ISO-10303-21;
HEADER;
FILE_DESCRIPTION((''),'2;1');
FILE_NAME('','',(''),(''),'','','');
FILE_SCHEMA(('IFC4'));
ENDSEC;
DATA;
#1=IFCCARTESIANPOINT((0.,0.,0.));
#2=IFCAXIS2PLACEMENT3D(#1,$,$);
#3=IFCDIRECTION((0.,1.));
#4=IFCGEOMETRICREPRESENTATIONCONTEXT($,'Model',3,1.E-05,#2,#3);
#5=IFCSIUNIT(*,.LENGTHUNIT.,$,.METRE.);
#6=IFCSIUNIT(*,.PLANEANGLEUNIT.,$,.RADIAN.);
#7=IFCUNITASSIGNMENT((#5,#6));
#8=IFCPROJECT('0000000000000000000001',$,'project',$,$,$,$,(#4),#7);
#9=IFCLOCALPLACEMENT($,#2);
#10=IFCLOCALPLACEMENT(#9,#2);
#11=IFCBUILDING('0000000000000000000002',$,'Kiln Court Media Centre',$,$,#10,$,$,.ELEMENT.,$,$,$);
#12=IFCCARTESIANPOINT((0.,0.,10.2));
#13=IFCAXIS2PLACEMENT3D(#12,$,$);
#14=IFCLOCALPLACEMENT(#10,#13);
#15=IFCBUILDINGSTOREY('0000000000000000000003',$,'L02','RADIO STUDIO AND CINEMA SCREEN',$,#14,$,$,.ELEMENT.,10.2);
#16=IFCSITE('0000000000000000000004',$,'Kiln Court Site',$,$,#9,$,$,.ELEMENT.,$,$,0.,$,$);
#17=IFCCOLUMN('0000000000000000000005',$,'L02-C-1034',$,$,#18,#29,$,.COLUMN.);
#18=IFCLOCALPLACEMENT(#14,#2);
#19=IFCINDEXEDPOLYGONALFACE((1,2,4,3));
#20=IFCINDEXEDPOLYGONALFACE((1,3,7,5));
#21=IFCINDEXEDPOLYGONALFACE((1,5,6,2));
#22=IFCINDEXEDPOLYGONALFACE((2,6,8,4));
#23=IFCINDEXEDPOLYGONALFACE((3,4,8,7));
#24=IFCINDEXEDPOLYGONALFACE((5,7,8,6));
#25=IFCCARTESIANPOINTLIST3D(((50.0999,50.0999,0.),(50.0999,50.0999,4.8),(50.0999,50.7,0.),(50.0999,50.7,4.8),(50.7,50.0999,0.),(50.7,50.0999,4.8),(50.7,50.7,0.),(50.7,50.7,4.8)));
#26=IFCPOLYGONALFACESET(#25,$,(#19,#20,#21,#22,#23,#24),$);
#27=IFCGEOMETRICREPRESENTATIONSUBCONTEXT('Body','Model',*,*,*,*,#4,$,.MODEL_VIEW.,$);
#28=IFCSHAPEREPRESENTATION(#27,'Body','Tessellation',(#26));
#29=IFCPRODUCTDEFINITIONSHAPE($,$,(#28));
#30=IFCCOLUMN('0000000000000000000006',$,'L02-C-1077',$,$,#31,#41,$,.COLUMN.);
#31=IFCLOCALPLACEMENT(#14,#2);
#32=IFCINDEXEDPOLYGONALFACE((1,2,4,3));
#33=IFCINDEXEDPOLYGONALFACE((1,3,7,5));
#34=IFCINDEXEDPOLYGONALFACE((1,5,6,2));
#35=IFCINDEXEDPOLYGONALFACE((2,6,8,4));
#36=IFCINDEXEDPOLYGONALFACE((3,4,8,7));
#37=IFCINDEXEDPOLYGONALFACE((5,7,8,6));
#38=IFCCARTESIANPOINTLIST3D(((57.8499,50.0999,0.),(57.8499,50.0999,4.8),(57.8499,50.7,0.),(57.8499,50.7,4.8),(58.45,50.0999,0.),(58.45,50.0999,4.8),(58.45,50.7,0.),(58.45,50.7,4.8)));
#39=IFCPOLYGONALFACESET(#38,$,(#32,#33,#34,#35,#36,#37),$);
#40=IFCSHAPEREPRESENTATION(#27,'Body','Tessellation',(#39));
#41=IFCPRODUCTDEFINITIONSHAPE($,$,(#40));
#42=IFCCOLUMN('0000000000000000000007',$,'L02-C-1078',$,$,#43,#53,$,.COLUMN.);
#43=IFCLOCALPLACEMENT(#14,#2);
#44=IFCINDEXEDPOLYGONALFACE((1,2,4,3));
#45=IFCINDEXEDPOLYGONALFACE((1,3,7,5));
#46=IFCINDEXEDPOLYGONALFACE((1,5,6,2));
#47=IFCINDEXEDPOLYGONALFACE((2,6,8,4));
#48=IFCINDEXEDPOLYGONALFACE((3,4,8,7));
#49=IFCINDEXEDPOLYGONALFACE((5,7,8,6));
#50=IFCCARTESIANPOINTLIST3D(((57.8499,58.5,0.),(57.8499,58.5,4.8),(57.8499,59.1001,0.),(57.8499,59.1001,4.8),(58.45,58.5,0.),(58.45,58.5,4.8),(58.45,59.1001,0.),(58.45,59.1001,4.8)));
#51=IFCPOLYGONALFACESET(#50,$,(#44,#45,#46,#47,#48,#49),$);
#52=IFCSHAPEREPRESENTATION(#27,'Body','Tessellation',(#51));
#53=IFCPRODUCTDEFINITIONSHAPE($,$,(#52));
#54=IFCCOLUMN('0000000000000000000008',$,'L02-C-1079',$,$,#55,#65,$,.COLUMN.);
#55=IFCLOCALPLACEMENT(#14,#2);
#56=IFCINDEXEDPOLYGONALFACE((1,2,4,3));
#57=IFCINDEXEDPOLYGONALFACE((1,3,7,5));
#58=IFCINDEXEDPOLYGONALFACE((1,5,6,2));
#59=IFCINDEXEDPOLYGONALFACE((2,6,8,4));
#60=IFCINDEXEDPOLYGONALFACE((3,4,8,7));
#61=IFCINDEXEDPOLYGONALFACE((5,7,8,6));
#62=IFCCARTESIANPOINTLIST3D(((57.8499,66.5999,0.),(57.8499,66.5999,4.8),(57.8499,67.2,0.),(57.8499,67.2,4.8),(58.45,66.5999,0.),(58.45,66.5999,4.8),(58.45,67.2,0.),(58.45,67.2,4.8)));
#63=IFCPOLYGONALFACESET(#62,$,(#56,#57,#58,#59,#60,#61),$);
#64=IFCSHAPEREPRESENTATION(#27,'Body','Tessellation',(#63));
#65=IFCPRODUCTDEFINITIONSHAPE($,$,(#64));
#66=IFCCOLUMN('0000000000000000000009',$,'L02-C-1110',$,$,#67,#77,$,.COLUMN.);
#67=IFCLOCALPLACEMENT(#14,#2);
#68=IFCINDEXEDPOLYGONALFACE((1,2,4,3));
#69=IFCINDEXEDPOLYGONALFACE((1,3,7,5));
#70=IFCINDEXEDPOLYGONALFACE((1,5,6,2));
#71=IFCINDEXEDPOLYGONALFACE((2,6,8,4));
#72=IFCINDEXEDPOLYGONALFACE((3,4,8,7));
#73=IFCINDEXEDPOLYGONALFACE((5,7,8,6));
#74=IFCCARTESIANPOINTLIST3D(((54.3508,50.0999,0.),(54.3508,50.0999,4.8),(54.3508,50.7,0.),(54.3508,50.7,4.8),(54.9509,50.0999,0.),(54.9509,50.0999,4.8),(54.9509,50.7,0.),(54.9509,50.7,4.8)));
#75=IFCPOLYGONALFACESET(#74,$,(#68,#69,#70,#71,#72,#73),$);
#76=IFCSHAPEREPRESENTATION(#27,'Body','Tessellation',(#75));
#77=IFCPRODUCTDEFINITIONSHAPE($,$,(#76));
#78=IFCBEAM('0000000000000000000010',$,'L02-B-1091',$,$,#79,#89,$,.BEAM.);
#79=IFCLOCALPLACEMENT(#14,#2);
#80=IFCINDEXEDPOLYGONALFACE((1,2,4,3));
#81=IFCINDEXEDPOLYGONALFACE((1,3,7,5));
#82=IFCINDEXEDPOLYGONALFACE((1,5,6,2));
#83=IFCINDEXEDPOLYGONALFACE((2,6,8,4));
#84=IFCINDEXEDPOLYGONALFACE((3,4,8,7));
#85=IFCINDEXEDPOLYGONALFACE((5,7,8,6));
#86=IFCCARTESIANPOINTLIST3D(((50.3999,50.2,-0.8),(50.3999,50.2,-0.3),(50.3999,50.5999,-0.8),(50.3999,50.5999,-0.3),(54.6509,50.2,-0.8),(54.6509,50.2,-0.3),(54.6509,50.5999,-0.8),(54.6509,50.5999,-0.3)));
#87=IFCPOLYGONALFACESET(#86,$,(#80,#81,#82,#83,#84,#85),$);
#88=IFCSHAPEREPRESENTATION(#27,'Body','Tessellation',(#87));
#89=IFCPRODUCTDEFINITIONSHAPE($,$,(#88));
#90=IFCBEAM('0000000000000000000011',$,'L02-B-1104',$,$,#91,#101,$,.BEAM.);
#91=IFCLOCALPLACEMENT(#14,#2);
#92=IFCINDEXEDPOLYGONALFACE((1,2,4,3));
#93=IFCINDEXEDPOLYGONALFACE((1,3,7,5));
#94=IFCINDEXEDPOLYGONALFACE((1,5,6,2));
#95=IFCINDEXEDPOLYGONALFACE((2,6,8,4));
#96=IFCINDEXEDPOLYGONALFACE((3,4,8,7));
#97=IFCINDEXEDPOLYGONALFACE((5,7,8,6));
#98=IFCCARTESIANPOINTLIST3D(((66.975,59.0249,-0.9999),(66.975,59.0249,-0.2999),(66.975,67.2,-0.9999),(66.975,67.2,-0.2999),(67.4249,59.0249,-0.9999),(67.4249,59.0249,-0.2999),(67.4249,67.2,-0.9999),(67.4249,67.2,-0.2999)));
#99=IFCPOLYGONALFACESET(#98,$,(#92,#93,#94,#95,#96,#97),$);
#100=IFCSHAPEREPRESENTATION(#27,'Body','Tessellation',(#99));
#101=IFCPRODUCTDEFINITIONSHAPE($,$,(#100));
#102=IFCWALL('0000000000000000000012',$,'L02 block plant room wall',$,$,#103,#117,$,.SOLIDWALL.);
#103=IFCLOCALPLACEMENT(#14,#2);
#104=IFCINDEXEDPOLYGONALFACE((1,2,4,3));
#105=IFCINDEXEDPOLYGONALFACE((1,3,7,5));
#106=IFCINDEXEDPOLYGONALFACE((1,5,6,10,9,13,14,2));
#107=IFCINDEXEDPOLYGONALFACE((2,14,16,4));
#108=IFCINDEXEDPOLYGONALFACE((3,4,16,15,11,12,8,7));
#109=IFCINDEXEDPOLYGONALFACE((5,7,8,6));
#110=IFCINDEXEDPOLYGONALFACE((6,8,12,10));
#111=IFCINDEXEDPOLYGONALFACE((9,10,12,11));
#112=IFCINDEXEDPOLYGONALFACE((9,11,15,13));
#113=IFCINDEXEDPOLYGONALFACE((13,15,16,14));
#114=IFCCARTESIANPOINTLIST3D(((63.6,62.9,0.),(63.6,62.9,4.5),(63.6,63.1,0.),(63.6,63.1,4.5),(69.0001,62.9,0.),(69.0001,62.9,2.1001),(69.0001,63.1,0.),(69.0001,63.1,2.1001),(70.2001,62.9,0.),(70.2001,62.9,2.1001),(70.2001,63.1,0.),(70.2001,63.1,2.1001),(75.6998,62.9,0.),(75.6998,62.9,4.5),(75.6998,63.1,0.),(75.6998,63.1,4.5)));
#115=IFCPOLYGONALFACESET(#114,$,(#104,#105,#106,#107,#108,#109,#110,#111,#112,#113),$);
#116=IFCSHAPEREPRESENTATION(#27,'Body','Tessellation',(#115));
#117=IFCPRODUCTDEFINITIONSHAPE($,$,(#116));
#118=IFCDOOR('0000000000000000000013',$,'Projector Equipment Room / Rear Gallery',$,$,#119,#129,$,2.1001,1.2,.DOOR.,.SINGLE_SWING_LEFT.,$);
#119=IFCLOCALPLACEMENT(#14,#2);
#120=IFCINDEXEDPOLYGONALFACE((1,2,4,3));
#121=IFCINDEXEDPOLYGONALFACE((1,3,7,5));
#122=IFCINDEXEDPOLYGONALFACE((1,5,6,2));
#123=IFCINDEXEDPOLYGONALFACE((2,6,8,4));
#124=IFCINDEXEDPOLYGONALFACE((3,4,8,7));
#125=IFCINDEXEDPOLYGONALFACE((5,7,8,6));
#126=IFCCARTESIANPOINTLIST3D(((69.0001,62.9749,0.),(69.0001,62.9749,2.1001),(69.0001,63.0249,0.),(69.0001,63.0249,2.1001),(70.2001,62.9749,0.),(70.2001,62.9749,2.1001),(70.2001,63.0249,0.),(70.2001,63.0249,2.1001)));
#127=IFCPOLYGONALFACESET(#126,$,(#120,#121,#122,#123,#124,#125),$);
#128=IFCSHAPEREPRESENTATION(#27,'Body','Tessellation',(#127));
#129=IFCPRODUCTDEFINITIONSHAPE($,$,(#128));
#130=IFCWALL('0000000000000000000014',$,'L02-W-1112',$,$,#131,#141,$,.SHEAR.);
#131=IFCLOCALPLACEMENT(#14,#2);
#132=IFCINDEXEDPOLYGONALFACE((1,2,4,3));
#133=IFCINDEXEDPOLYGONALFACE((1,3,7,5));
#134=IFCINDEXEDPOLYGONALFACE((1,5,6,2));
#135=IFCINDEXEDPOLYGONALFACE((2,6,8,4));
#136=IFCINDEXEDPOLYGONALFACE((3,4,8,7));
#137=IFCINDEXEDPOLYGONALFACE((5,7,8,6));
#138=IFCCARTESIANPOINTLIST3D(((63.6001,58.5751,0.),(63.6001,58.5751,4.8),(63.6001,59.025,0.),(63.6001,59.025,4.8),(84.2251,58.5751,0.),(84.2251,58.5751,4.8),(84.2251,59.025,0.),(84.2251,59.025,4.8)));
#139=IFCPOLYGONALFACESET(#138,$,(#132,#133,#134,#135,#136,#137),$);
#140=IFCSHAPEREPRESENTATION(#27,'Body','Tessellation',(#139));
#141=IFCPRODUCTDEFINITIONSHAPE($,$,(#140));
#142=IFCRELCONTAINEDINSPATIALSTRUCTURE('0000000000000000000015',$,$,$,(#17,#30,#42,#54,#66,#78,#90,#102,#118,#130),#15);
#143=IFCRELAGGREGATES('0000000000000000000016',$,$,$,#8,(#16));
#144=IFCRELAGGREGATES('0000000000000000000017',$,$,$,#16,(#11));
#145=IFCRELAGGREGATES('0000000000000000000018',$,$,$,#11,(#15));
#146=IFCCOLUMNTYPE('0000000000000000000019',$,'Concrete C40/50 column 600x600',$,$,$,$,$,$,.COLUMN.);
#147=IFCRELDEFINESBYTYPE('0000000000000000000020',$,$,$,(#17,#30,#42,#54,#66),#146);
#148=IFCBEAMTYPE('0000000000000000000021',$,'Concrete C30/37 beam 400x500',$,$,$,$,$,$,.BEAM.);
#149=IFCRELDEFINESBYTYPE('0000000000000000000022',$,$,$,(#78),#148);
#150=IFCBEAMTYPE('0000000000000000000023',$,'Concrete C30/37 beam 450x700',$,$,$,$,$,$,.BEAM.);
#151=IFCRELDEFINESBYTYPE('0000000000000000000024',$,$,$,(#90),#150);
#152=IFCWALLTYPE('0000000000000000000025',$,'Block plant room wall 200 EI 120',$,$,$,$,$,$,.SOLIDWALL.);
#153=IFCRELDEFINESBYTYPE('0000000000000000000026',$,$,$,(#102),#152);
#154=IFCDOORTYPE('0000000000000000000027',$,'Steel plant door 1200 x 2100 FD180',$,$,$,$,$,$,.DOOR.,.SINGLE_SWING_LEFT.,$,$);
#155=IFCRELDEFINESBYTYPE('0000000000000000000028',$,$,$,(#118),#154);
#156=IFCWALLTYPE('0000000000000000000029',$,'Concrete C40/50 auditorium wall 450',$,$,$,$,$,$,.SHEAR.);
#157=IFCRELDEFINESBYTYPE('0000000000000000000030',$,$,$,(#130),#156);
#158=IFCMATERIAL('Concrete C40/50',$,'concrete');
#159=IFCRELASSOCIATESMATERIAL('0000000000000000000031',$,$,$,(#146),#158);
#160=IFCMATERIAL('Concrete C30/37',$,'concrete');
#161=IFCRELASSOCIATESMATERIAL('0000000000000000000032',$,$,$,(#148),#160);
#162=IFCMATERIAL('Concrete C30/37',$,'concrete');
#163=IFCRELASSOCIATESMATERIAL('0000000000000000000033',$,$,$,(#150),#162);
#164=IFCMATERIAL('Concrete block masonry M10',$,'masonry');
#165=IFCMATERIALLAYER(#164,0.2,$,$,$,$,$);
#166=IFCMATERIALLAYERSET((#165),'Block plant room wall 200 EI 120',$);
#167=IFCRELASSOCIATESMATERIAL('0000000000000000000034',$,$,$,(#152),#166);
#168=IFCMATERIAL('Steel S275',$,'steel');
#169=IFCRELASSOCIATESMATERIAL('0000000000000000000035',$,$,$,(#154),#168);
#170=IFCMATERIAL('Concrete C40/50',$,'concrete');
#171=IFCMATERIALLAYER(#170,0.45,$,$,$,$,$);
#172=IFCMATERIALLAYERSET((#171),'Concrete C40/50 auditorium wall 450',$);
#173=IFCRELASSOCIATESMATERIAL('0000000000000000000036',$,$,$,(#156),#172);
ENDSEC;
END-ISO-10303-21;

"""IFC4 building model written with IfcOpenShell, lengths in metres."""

from ifc_helpers import new_model, si_unit, direction, frame, frame_2d, origin, origin_2d, place, context, subcontext, project, spatial, rectangle, extrude, material, layer, layer_set, material_profile, profile_set, type_object, element, fill, save


model = new_model("IFC4")

# Units and contexts
model_context = context("Model", 3, precision=1e-05, world=origin(), true_north=direction((0.0, 1.0)))
body_context = subcontext(model_context, "Body", "Model", "MODEL_VIEW")
ifc_project = project(units=[si_unit("LENGTHUNIT", "METRE"), si_unit("PLANEANGLEUNIT", "RADIAN")], contexts=[model_context])

# Site, building, storey
site_placement = place(None, origin())
site = spatial("IfcSite", under=ifc_project, at=site_placement, Name="Kiln Court Site", CompositionType="ELEMENT", RefElevation=0.0)
building_placement = place(site_placement, origin())
building = spatial("IfcBuilding", under=site, at=building_placement, Name="Kiln Court Media Centre", CompositionType="ELEMENT")
storey_placement = place(building_placement, frame((0.0, 0.0, 10.2)))
storey = spatial("IfcBuildingStorey", under=building, at=storey_placement, Name="L02", Description="RADIO STUDIO AND CINEMA SCREEN", CompositionType="ELEMENT", Elevation=10.2)

# Columns
ifc_material_1 = material(Name="Concrete C40/50", Category="concrete")
ifc_material_profile_1 = material_profile(ifc_material_1, rectangle(XDim=0.6001, YDim=0.6001, at=origin_2d()), Name="RC 600x600")
ifc_profile_set_1 = profile_set([ifc_material_profile_1], Name="Concrete C40/50")
column_type = type_object("IfcColumnType", Name="Concrete C40/50 column 600x600", PredefinedType="COLUMN", material=ifc_profile_set_1)
for number, where, z_axis, x_axis, name in (
    (1, (50.3999, 50.3999, 0.0), (0.0, 0.0, 1.0), (1.0, 0.0, 0.0), "L02-C-1034"),
    (2, (58.1499, 50.3999, 0.0), (0.0, 0.0, 1.0), (1.0, 0.0, 0.0), "L02-C-1077"),
    (3, (58.1499, 58.8, 0.0), (0.0, 0.0, 1.0), (1.0, 0.0, 0.0), "L02-C-1078"),
    (4, (58.1499, 66.8999, 0.0), (0.0, 0.0, 1.0), (1.0, 0.0, 0.0), "L02-C-1079"),
    (5, (54.6509, 50.3999, 0.0), (0.0, 0.0, 1.0), (1.0, 0.0, 0.0), "L02-C-1110"),
):
    element("IfcColumn", number, at=place(storey_placement, frame(where, z_axis=z_axis, x_axis=x_axis)), inside=storey, type_object=column_type, Name=name, PredefinedType="COLUMN", context=body_context, shape_type="SweptSolid", body=[
        extrude(rectangle(XDim=0.6001, YDim=0.6001, at=origin_2d()), origin(), (0.0, 0.0, 1.0), 4.8),
    ])

# Beams
ifc_material_2 = material(Name="Concrete C30/37", Category="concrete")
ifc_material_profile_2 = material_profile(ifc_material_2, rectangle(XDim=0.3999, YDim=0.5, at=origin_2d()), Name="RC 400x500")
ifc_profile_set_2 = profile_set([ifc_material_profile_2], Name="Concrete C30/37")
beam_type_1 = type_object("IfcBeamType", Name="Concrete C30/37 beam 400x500", PredefinedType="BEAM", material=ifc_profile_set_2)
beam_1_placement = place(storey_placement, frame((50.3999, 50.3999, -0.55), z_axis=(1.0, 0.0, 0.0), x_axis=(0.0, 1.0, 0.0)))
element("IfcBeam", 6, at=beam_1_placement, inside=storey, type_object=beam_type_1, Name="L02-B-1091", PredefinedType="BEAM", context=body_context, shape_type="SweptSolid", body=[
    extrude(rectangle(XDim=0.3999, YDim=0.5, at=origin_2d()), origin(), (0.0, 0.0, 1.0), 4.251),
])
ifc_material_3 = material(Name="Concrete C30/37", Category="concrete")
ifc_material_profile_3 = material_profile(ifc_material_3, rectangle(XDim=0.45, YDim=0.7, at=origin_2d()), Name="RC 450x700")
ifc_profile_set_3 = profile_set([ifc_material_profile_3], Name="Concrete C30/37")
beam_type_2 = type_object("IfcBeamType", Name="Concrete C30/37 beam 450x700", PredefinedType="BEAM", material=ifc_profile_set_3)
beam_2_placement = place(storey_placement, frame((67.2, 59.0249, -0.6499), z_axis=(0.0, 1.0, 0.0), x_axis=(-1.0, 0.0, 0.0)))
element("IfcBeam", 7, at=beam_2_placement, inside=storey, type_object=beam_type_2, Name="L02-B-1104", PredefinedType="BEAM", context=body_context, shape_type="SweptSolid", body=[
    extrude(rectangle(XDim=0.45, YDim=0.7, at=origin_2d()), origin(), (0.0, 0.0, 1.0), 8.175),
])

# Wall, opening, door
ifc_material_4 = material(Name="Concrete block masonry M10", Category="masonry")
ifc_layer_1 = layer(ifc_material_4, 0.2)
ifc_layer_set_1 = layer_set([ifc_layer_1], Name="Block plant room wall 200 EI 120")
wall_type_1 = type_object("IfcWallType", Name="Block plant room wall 200 EI 120", PredefinedType="SOLIDWALL", material=ifc_layer_set_1)
wall_1_placement = place(storey_placement, frame((63.6001, 63.0, 0.0), z_axis=(0.0, 0.0, 1.0), x_axis=(1.0, 0.0, 0.0)))
wall_1 = element("IfcWall", 8, at=wall_1_placement, inside=storey, type_object=wall_type_1, Name="L02 block plant room wall", PredefinedType="SOLIDWALL", context=body_context, shape_type="SweptSolid", body=[
    extrude(rectangle(XDim=12.0999, YDim=0.2, at=frame_2d((6.0498, 0.0))), origin(), (0.0, 0.0, 1.0), 4.5),
])
opening_1_placement = place(wall_1_placement, frame((5.3999, 0.0, 0.0)))
opening_1 = element("IfcOpeningElement", 9, at=opening_1_placement, cuts=wall_1, PredefinedType="OPENING", context=body_context, shape_type="SweptSolid", body=[
    extrude(rectangle(XDim=1.2, YDim=2.1001, at=frame_2d((0.6001, 1.05))), frame((0.0, 0.1099, 0.0), z_axis=(0.0, -1.0, 0.0), x_axis=(1.0, 0.0, 0.0)), (0.0, 0.0, 1.0), 0.22),
])
ifc_material_5 = material(Name="Steel S275", Category="steel")
door_type_1 = type_object("IfcDoorType", Name="Steel plant door 1200 x 2100 FD180", OperationType="SINGLE_SWING_LEFT", PredefinedType="DOOR", material=ifc_material_5)
door_1_placement = place(opening_1_placement, origin())
door_1 = element("IfcDoor", 10, at=door_1_placement, inside=storey, type_object=door_type_1, Name="Projector Equipment Room / Rear Gallery", OperationType="SINGLE_SWING_LEFT", OverallHeight=2.1001, OverallWidth=1.2, PredefinedType="DOOR", context=body_context, shape_type="SweptSolid", body=[
    extrude(rectangle(XDim=1.2, YDim=2.1001, at=frame_2d((0.6001, 1.05))), frame((0.0, 0.0249, 0.0), z_axis=(0.0, -1.0, 0.0), x_axis=(1.0, 0.0, 0.0)), (0.0, 0.0, 1.0), 0.05),
])
fill(opening_1, door_1)

# Wall
ifc_material_6 = material(Name="Concrete C40/50", Category="concrete")
ifc_layer_2 = layer(ifc_material_6, 0.45)
ifc_layer_set_2 = layer_set([ifc_layer_2], Name="Concrete C40/50 auditorium wall 450")
wall_type_2 = type_object("IfcWallType", Name="Concrete C40/50 auditorium wall 450", PredefinedType="SHEAR", material=ifc_layer_set_2)
wall_2_placement = place(storey_placement, frame((63.6001, 58.8, 0.0), z_axis=(0.0, 0.0, 1.0), x_axis=(1.0, 0.0, 0.0)))
element("IfcWall", 11, at=wall_2_placement, inside=storey, type_object=wall_type_2, Name="L02-W-1112", PredefinedType="SHEAR", context=body_context, shape_type="SweptSolid", body=[
    extrude(rectangle(XDim=20.625, YDim=0.45, at=frame_2d((10.3125, 0.0))), origin(), (0.0, 0.0, 1.0), 4.8),
])

save(model, "model.ifc")
